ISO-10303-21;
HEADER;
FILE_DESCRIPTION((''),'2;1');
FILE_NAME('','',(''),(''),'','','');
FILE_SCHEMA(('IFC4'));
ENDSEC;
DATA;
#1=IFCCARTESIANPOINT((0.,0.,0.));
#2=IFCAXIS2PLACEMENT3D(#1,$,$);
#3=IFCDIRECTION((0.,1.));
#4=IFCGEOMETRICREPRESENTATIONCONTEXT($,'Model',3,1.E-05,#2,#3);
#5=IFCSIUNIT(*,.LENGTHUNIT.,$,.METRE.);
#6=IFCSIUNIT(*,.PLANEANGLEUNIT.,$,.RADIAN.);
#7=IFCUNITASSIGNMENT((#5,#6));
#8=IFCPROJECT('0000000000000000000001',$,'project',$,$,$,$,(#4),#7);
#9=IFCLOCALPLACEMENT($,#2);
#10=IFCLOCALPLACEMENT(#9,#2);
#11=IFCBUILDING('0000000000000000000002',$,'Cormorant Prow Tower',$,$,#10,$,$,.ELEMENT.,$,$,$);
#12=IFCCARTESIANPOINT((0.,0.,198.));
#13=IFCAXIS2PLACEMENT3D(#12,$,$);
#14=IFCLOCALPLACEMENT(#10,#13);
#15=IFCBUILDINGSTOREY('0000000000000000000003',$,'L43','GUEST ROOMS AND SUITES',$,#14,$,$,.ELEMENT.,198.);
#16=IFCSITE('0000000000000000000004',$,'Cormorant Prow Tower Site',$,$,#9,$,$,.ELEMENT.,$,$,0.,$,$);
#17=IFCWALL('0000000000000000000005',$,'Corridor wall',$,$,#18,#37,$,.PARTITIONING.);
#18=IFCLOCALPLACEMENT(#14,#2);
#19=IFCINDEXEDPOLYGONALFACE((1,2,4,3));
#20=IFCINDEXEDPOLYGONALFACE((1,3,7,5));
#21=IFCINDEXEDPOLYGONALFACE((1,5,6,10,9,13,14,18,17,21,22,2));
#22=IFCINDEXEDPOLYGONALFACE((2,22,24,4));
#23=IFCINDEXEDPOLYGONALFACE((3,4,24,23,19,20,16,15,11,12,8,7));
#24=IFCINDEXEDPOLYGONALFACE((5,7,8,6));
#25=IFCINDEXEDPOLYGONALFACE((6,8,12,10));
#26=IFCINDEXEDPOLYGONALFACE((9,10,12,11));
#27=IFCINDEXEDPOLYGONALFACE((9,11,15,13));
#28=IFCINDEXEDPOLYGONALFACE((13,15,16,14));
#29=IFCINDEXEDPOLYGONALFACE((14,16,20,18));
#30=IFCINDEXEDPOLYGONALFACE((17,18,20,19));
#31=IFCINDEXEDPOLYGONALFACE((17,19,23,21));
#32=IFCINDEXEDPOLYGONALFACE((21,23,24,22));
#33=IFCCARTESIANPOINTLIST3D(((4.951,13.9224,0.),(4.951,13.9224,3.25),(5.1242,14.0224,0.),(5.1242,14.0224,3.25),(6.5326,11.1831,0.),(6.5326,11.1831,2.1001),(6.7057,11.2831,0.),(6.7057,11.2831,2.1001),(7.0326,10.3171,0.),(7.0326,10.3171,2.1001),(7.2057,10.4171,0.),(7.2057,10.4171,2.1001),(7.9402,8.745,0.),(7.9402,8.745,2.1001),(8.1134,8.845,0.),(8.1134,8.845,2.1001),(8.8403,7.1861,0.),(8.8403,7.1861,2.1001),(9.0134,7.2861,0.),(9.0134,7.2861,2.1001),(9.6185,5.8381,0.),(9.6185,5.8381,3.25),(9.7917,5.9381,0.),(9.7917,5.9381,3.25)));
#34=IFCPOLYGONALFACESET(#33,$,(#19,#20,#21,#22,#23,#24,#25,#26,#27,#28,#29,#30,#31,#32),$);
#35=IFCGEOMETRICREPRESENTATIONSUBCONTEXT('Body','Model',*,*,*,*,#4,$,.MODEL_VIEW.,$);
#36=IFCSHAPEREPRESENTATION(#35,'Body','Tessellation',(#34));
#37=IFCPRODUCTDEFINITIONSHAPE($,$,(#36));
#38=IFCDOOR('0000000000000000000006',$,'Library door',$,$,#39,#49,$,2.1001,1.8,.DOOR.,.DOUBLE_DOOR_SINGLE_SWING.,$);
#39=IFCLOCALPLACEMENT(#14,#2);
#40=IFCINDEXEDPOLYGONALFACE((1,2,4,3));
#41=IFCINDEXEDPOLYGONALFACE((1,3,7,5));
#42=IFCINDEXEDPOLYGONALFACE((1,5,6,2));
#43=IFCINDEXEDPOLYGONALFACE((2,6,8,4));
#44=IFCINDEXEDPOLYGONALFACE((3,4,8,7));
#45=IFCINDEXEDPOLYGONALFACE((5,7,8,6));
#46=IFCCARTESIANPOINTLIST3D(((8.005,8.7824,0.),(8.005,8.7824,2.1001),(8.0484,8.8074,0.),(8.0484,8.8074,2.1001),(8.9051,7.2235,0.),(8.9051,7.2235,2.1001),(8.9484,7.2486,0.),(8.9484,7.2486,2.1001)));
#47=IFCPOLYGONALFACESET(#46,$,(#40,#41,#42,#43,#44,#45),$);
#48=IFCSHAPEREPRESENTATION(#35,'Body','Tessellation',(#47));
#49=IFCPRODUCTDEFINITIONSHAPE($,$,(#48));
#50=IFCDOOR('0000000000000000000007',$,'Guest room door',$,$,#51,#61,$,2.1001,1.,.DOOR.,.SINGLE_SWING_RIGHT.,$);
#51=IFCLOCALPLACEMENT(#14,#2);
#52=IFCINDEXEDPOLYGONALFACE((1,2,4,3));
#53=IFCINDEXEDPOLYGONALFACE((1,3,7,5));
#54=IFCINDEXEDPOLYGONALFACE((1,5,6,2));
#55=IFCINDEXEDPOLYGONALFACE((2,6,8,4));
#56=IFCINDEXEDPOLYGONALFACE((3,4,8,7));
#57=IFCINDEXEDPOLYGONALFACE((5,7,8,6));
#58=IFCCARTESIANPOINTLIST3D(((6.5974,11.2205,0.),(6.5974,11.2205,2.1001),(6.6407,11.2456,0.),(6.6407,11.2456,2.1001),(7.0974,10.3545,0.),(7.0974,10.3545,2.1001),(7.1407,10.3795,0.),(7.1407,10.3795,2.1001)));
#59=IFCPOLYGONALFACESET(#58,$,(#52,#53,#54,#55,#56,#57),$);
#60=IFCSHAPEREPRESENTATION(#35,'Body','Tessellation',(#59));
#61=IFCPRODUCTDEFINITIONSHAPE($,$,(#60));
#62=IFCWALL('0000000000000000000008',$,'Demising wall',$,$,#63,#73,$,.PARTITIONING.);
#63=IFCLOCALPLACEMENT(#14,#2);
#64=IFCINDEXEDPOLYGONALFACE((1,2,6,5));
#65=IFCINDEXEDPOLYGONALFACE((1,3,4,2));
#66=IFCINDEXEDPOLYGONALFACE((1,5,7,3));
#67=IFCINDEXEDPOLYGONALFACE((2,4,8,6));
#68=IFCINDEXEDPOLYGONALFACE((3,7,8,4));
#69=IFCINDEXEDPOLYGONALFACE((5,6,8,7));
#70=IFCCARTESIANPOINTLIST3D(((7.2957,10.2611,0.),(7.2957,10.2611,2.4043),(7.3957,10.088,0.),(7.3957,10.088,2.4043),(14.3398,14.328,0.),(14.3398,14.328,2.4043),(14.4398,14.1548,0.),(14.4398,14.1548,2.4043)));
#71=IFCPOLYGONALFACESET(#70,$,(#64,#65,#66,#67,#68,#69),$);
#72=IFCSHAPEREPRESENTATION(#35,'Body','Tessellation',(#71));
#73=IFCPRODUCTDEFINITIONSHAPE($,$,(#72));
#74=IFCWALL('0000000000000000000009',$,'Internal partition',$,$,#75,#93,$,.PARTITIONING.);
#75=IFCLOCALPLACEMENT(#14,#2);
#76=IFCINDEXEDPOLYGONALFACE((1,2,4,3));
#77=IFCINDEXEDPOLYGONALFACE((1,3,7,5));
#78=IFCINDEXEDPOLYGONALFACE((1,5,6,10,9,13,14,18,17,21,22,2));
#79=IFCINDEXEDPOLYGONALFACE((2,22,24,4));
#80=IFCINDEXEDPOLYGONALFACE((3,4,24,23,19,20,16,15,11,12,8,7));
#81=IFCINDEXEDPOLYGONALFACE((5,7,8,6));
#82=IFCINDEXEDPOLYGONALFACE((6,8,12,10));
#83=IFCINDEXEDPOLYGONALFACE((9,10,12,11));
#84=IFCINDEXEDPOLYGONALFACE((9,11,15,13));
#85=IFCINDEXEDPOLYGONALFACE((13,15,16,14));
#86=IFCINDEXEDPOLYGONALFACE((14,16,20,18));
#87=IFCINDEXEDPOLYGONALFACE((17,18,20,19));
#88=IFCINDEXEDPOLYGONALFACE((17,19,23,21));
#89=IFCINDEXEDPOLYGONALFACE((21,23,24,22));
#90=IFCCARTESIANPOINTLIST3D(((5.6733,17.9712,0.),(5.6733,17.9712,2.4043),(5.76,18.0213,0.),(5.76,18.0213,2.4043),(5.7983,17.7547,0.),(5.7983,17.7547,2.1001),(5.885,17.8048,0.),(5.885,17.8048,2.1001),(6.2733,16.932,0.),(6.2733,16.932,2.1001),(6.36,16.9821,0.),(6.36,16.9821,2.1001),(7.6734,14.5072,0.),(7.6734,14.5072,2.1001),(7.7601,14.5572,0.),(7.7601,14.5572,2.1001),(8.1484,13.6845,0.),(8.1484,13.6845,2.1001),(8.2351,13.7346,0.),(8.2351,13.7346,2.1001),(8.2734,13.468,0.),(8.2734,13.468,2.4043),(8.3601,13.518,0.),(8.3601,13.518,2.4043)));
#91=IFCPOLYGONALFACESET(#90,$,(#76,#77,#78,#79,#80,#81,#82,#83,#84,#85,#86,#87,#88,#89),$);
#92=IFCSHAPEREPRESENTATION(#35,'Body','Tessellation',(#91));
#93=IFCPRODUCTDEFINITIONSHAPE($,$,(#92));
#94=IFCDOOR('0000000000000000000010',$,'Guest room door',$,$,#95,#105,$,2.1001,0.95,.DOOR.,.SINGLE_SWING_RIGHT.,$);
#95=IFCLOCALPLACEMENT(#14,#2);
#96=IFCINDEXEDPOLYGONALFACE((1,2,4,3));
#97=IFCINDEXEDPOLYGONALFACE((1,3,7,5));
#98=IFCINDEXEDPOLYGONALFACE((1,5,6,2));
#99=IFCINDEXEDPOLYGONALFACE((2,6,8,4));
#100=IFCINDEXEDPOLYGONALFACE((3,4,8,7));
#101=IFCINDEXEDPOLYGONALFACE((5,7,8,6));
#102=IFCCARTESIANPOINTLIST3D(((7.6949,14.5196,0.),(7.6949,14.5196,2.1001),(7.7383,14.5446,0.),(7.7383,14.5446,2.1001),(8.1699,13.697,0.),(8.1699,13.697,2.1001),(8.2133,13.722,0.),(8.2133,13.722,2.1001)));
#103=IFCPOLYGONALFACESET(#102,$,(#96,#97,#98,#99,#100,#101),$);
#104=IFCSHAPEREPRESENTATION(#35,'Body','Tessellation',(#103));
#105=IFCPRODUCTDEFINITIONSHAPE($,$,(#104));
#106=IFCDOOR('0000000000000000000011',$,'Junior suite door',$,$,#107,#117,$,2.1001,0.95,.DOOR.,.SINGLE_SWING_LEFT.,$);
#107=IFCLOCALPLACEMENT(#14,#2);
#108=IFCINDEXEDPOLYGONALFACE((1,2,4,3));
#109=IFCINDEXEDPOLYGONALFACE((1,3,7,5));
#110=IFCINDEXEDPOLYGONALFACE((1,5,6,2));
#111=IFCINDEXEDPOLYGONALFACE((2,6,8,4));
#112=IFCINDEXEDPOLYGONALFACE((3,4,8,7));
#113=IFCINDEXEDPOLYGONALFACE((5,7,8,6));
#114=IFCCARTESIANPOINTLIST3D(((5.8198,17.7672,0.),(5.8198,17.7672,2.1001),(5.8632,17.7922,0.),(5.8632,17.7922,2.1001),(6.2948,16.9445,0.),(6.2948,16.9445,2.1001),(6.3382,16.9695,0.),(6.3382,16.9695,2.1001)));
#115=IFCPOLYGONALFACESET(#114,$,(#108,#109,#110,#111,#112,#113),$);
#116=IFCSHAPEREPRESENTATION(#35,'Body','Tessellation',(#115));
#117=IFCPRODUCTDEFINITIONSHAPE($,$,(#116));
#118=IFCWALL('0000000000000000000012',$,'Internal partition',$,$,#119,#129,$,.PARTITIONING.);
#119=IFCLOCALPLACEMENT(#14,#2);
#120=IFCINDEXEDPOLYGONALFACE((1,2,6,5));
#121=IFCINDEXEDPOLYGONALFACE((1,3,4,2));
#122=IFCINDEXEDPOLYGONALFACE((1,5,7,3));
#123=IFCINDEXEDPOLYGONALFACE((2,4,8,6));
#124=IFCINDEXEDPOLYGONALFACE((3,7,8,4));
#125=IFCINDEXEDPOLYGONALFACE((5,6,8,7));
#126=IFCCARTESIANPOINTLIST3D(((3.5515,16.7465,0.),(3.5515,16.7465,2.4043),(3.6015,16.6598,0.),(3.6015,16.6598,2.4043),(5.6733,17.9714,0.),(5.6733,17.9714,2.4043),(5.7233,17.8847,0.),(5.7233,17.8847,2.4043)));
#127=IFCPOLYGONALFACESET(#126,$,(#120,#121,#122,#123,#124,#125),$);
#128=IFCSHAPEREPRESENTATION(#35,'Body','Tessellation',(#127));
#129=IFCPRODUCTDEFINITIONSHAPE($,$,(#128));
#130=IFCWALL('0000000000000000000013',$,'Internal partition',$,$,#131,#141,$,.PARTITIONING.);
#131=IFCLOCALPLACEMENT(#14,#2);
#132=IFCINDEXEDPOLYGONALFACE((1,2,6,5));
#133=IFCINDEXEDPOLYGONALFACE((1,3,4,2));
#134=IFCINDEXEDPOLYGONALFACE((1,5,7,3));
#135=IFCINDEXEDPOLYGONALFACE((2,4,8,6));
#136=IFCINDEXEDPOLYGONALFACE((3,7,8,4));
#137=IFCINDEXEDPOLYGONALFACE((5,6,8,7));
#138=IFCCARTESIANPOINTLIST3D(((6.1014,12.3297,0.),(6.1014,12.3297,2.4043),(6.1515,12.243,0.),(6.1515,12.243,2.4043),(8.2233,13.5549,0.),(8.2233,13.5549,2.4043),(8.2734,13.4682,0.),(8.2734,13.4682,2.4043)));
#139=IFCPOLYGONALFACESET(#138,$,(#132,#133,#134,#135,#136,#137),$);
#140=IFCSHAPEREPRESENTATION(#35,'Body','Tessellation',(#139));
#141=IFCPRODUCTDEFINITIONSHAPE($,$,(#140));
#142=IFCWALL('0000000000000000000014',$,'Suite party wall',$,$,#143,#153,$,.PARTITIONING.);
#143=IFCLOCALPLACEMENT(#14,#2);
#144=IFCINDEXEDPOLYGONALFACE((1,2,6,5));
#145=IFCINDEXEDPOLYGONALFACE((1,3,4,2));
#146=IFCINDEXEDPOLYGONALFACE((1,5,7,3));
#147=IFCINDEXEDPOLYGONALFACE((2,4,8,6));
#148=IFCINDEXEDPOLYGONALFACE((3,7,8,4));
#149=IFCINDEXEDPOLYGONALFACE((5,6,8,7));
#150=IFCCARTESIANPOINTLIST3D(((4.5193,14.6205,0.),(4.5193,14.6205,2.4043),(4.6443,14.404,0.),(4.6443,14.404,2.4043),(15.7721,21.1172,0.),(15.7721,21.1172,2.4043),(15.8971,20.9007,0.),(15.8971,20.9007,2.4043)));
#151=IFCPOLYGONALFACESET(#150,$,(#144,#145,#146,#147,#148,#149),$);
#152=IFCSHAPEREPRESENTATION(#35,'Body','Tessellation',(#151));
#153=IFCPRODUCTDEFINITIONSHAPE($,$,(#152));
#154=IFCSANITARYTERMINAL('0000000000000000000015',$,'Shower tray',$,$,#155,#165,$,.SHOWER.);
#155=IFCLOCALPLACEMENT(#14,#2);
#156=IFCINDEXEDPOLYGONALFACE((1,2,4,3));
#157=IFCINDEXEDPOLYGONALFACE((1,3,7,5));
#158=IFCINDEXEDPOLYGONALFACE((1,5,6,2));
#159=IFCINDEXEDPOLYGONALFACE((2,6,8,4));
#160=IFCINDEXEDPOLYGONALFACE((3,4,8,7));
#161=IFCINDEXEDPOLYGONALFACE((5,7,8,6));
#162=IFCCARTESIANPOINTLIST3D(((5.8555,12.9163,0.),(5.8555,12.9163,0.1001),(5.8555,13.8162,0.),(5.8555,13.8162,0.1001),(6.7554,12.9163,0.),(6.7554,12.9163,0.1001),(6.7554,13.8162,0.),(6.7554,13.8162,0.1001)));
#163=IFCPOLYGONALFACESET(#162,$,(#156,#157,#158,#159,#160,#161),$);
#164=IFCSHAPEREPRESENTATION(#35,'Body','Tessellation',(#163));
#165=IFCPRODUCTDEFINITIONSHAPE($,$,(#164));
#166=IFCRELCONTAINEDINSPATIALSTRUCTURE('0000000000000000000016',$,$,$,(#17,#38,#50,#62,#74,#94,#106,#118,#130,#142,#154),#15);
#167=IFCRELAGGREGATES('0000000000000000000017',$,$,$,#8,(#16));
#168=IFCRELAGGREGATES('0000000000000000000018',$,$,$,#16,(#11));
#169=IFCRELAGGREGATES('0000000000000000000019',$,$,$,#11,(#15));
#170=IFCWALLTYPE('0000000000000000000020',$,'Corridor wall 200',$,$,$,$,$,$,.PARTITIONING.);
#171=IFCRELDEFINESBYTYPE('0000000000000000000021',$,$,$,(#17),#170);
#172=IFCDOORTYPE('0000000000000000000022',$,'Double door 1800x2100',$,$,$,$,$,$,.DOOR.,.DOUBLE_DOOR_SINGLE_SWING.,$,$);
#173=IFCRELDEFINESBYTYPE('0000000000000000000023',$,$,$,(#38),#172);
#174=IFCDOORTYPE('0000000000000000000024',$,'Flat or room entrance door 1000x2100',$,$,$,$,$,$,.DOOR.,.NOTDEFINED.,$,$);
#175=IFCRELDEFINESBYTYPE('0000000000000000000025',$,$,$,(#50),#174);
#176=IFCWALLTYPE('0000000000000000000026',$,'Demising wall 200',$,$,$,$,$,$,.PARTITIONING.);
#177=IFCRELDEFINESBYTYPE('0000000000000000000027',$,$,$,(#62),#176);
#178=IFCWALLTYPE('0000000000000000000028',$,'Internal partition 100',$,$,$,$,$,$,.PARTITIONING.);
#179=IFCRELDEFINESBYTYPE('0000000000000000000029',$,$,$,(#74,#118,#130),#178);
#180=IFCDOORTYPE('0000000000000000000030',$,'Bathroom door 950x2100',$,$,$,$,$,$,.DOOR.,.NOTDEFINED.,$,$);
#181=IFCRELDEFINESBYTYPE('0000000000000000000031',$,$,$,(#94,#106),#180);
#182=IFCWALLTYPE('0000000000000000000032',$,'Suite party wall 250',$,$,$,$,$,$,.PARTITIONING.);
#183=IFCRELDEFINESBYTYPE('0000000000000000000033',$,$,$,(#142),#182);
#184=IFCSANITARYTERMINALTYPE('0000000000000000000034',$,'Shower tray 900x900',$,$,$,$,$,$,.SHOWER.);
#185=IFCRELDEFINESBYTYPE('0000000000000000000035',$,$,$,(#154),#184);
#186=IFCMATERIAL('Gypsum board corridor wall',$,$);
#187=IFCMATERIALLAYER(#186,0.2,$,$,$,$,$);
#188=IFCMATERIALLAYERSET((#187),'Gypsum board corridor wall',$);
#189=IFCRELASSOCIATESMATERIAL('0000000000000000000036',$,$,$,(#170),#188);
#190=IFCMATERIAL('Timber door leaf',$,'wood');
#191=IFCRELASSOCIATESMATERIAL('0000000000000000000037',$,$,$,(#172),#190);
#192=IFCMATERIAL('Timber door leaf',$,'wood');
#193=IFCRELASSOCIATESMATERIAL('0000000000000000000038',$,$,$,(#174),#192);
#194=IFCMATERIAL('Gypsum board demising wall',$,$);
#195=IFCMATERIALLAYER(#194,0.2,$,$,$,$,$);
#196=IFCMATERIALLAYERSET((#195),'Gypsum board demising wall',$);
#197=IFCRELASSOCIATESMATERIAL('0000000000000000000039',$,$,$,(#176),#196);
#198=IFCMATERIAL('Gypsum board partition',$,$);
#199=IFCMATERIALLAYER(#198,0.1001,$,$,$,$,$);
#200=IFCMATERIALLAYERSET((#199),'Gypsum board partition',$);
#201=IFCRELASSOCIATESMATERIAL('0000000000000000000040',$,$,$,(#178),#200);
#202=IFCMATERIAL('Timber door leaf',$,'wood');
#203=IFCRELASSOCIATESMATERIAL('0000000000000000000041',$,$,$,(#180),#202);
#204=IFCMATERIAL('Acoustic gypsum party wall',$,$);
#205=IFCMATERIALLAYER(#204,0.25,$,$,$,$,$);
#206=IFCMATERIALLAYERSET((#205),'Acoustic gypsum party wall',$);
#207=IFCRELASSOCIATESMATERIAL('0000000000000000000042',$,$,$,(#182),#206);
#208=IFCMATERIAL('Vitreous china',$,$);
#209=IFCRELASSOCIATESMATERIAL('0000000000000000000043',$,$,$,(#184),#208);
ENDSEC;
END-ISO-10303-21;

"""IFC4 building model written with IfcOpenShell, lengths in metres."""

from ifc_helpers import new_model, si_unit, direction, frame, frame_2d, origin, origin_2d, place, context, subcontext, project, spatial, rectangle, extrude, material, layer, layer_set, type_object, element, fill, save


model = new_model("IFC4")

# Units and contexts
model_context = context("Model", 3, precision=1e-05, world=origin(), true_north=direction((0.0, 1.0)))
body_context = subcontext(model_context, "Body", "Model", "MODEL_VIEW")
ifc_project = project(units=[si_unit("LENGTHUNIT", "METRE"), si_unit("PLANEANGLEUNIT", "RADIAN")], contexts=[model_context])

# Site, building, storey
site_placement = place(None, origin())
site = spatial("IfcSite", under=ifc_project, at=site_placement, Name="Cormorant Prow Tower Site", CompositionType="ELEMENT", RefElevation=0.0)
building_placement = place(site_placement, origin())
building = spatial("IfcBuilding", under=site, at=building_placement, Name="Cormorant Prow Tower", CompositionType="ELEMENT")
storey_placement = place(building_placement, frame((0.0, 0.0, 198.0)))
storey = spatial("IfcBuildingStorey", under=building, at=storey_placement, Name="L43", Description="GUEST ROOMS AND SUITES", CompositionType="ELEMENT", Elevation=198.0)

# Wall, openings, doors
ifc_material_1 = material(Name="Gypsum board corridor wall")
ifc_layer_1 = layer(ifc_material_1, 0.2)
ifc_layer_set_1 = layer_set([ifc_layer_1], Name="Gypsum board corridor wall")
wall_type_1 = type_object("IfcWallType", Name="Corridor wall 200", PredefinedType="PARTITIONING", material=ifc_layer_set_1)
wall_1_placement = place(storey_placement, frame((5.0376, 13.9724, 0.0), z_axis=(0.0, 0.0, 1.0), x_axis=(0.500004, -0.866023, 0.0)))
wall_1 = element("IfcWall", 1, at=wall_1_placement, inside=storey, type_object=wall_type_1, Name="Corridor wall", PredefinedType="PARTITIONING", context=body_context, shape_type="SweptSolid", body=[
    extrude(rectangle(XDim=9.335, YDim=0.2, at=frame_2d((4.6675, 0.0))), origin(), (0.0, 0.0, 1.0), 3.25),
])
opening_1_placement = place(wall_1_placement, frame((5.9785, 0.0, 0.0)))
opening_1 = element("IfcOpeningElement", 2, at=opening_1_placement, cuts=wall_1, PredefinedType="OPENING", context=body_context, shape_type="SweptSolid", body=[
    extrude(rectangle(XDim=1.8, YDim=2.1001, at=frame_2d((0.8999, 1.05))), frame((0.0, 0.1099, 0.0), z_axis=(0.0, -1.0, 0.0), x_axis=(1.0, 0.0, 0.0)), (0.0, 0.0, 1.0), 0.22),
])
opening_2_placement = place(wall_1_placement, frame((3.1631, 0.0, 0.0)))
opening_2 = element("IfcOpeningElement", 3, at=opening_2_placement, cuts=wall_1, PredefinedType="OPENING", context=body_context, shape_type="SweptSolid", body=[
    extrude(rectangle(XDim=1.0, YDim=2.1001, at=frame_2d((0.5, 1.05))), frame((0.0, 0.1099, 0.0), z_axis=(0.0, -1.0, 0.0), x_axis=(1.0, 0.0, 0.0)), (0.0, 0.0, 1.0), 0.22),
])
ifc_material_2 = material(Name="Timber door leaf", Category="wood")
door_type_1 = type_object("IfcDoorType", Name="Double door 1800x2100", OperationType="DOUBLE_DOOR_SINGLE_SWING", PredefinedType="DOOR", material=ifc_material_2)
door_1_placement = place(opening_1_placement, origin())
door_1 = element("IfcDoor", 4, at=door_1_placement, inside=storey, type_object=door_type_1, Name="Library door", OperationType="DOUBLE_DOOR_SINGLE_SWING", OverallHeight=2.1001, OverallWidth=1.8, PredefinedType="DOOR", context=body_context, shape_type="SweptSolid", body=[
    extrude(rectangle(XDim=1.8, YDim=2.1001, at=frame_2d((0.8999, 1.05))), frame((0.0, 0.0249, 0.0), z_axis=(0.0, -1.0, 0.0), x_axis=(1.0, 0.0, 0.0)), (0.0, 0.0, 1.0), 0.05),
])
fill(opening_1, door_1)
ifc_material_3 = material(Name="Timber door leaf", Category="wood")
door_type_2 = type_object("IfcDoorType", Name="Flat or room entrance door 1000x2100", OperationType="NOTDEFINED", PredefinedType="DOOR", material=ifc_material_3)
door_2_placement = place(opening_2_placement, origin())
door_2 = element("IfcDoor", 5, at=door_2_placement, inside=storey, type_object=door_type_2, Name="Guest room door", OperationType="SINGLE_SWING_RIGHT", OverallHeight=2.1001, OverallWidth=1.0, PredefinedType="DOOR", context=body_context, shape_type="SweptSolid", body=[
    extrude(rectangle(XDim=1.0, YDim=2.1001, at=frame_2d((0.5, 1.05))), frame((0.0, 0.0249, 0.0), z_axis=(0.0, -1.0, 0.0), x_axis=(1.0, 0.0, 0.0)), (0.0, 0.0, 1.0), 0.05),
])
fill(opening_2, door_2)

# Wall
ifc_material_4 = material(Name="Gypsum board demising wall")
ifc_layer_2 = layer(ifc_material_4, 0.2)
ifc_layer_set_2 = layer_set([ifc_layer_2], Name="Gypsum board demising wall")
wall_type_2 = type_object("IfcWallType", Name="Demising wall 200", PredefinedType="PARTITIONING", material=ifc_layer_set_2)
wall_2_placement = place(storey_placement, frame((7.3457, 10.1746, 0.0), z_axis=(0.0, 0.0, 1.0), x_axis=(0.866029, 0.499994, 0.0)))
element("IfcWall", 6, at=wall_2_placement, inside=storey, type_object=wall_type_2, Name="Demising wall", PredefinedType="PARTITIONING", context=body_context, shape_type="SweptSolid", body=[
    extrude(rectangle(XDim=8.1338, YDim=0.2, at=frame_2d((4.0669, 0.0))), origin(), (0.0, 0.0, 1.0), 2.4043),
])

# Wall, openings, doors
ifc_material_5 = material(Name="Gypsum board partition")
ifc_layer_3 = layer(ifc_material_5, 0.1001)
ifc_layer_set_3 = layer_set([ifc_layer_3], Name="Gypsum board partition")
wall_type_3 = type_object("IfcWallType", Name="Internal partition 100", PredefinedType="PARTITIONING", material=ifc_layer_set_3)
wall_3_placement = place(storey_placement, frame((5.7166, 17.9963, 0.0), z_axis=(0.0, 0.0, 1.0), x_axis=(0.500027, -0.86601, 0.0)))
wall_3 = element("IfcWall", 7, at=wall_3_placement, inside=storey, type_object=wall_type_3, Name="Internal partition", PredefinedType="PARTITIONING", context=body_context, shape_type="SweptSolid", body=[
    extrude(rectangle(XDim=5.2, YDim=0.1001, at=frame_2d((2.6001, 0.0))), origin(), (0.0, 0.0, 1.0), 2.4043),
])
opening_3_placement = place(wall_3_placement, frame((4.0, 0.0, 0.0)))
opening_3 = element("IfcOpeningElement", 8, at=opening_3_placement, cuts=wall_3, PredefinedType="OPENING", context=body_context, shape_type="SweptSolid", body=[
    extrude(rectangle(XDim=0.95, YDim=2.1001, at=frame_2d((0.4751, 1.05))), frame((0.0, 0.0601, 0.0), z_axis=(0.0, -1.0, 0.0), x_axis=(1.0, 0.0, 0.0)), (0.0, 0.0, 1.0), 0.1201),
])
opening_4_placement = place(wall_3_placement, frame((0.25, 0.0, 0.0)))
opening_4 = element("IfcOpeningElement", 9, at=opening_4_placement, cuts=wall_3, PredefinedType="OPENING", context=body_context, shape_type="SweptSolid", body=[
    extrude(rectangle(XDim=0.95, YDim=2.1001, at=frame_2d((0.4751, 1.05))), frame((0.0, 0.0601, 0.0), z_axis=(0.0, -1.0, 0.0), x_axis=(1.0, 0.0, 0.0)), (0.0, 0.0, 1.0), 0.1201),
])
ifc_material_6 = material(Name="Timber door leaf", Category="wood")
door_type_3 = type_object("IfcDoorType", Name="Bathroom door 950x2100", OperationType="NOTDEFINED", PredefinedType="DOOR", material=ifc_material_6)
door_3_placement = place(opening_3_placement, origin())
door_3 = element("IfcDoor", 10, at=door_3_placement, inside=storey, type_object=door_type_3, Name="Guest room door", OperationType="SINGLE_SWING_RIGHT", OverallHeight=2.1001, OverallWidth=0.95, PredefinedType="DOOR", context=body_context, shape_type="SweptSolid", body=[
    extrude(rectangle(XDim=0.95, YDim=2.1001, at=frame_2d((0.4751, 1.05))), frame((0.0, 0.0249, 0.0), z_axis=(0.0, -1.0, 0.0), x_axis=(1.0, 0.0, 0.0)), (0.0, 0.0, 1.0), 0.05),
])
fill(opening_3, door_3)
door_4_placement = place(opening_4_placement, origin())
door_4 = element("IfcDoor", 11, at=door_4_placement, inside=storey, type_object=door_type_3, Name="Junior suite door", OperationType="SINGLE_SWING_LEFT", OverallHeight=2.1001, OverallWidth=0.95, PredefinedType="DOOR", context=body_context, shape_type="SweptSolid", body=[
    extrude(rectangle(XDim=0.95, YDim=2.1001, at=frame_2d((0.4751, 1.05))), frame((0.0, 0.0249, 0.0), z_axis=(0.0, -1.0, 0.0), x_axis=(1.0, 0.0, 0.0)), (0.0, 0.0, 1.0), 0.05),
])
fill(opening_4, door_4)

# Walls
wall_4_placement = place(storey_placement, frame((3.5764, 16.7031, 0.0), z_axis=(0.0, 0.0, 1.0), x_axis=(0.866058, 0.499944, 0.0)))
element("IfcWall", 12, at=wall_4_placement, inside=storey, type_object=wall_type_3, Name="Internal partition", PredefinedType="PARTITIONING", context=body_context, shape_type="SweptSolid", body=[
    extrude(rectangle(XDim=2.45, YDim=0.1001, at=frame_2d((1.2251, 0.0))), origin(), (0.0, 0.0, 1.0), 2.4043),
])
wall_5_placement = place(storey_placement, frame((6.1265, 12.2864, 0.0), z_axis=(0.0, 0.0, 1.0), x_axis=(0.866015, 0.500019, 0.0)))
element("IfcWall", 13, at=wall_5_placement, inside=storey, type_object=wall_type_3, Name="Internal partition", PredefinedType="PARTITIONING", context=body_context, shape_type="SweptSolid", body=[
    extrude(rectangle(XDim=2.4502, YDim=0.1001, at=frame_2d((1.2251, 0.0))), origin(), (0.0, 0.0, 1.0), 2.4043),
])
ifc_material_7 = material(Name="Acoustic gypsum party wall")
ifc_layer_4 = layer(ifc_material_7, 0.25)
ifc_layer_set_4 = layer_set([ifc_layer_4], Name="Acoustic gypsum party wall")
wall_type_4 = type_object("IfcWallType", Name="Suite party wall 250", PredefinedType="PARTITIONING", material=ifc_layer_set_4)
wall_6_placement = place(storey_placement, frame((4.5818, 14.5122, 0.0), z_axis=(0.0, 0.0, 1.0), x_axis=(0.866027, 0.499997, 0.0)))
element("IfcWall", 14, at=wall_6_placement, inside=storey, type_object=wall_type_4, Name="Suite party wall", PredefinedType="PARTITIONING", context=body_context, shape_type="SweptSolid", body=[
    extrude(rectangle(XDim=12.9937, YDim=0.25, at=frame_2d((6.4968, 0.0))), origin(), (0.0, 0.0, 1.0), 2.4043),
])

# Sanitary terminal
ifc_material_8 = material(Name="Vitreous china")
sanitary_terminal_type_1 = type_object("IfcSanitaryTerminalType", Name="Shower tray 900x900", PredefinedType="SHOWER", material=ifc_material_8)
for number, where, z_axis, x_axis, name in (
    (15, (6.3054, 13.3662, 0.0), (0.0, 0.0, 1.0), (1.0, 0.0, 0.0), "Shower tray"),
):
    element("IfcSanitaryTerminal", number, at=place(storey_placement, frame(where, z_axis=z_axis, x_axis=x_axis)), inside=storey, type_object=sanitary_terminal_type_1, Name=name, PredefinedType="SHOWER", context=body_context, shape_type="SweptSolid", body=[
        extrude(rectangle(XDim=0.8999, YDim=0.8999, at=origin_2d()), origin(), (0.0, 0.0, 1.0), 0.1001),
    ])

save(model, "model.ifc")
